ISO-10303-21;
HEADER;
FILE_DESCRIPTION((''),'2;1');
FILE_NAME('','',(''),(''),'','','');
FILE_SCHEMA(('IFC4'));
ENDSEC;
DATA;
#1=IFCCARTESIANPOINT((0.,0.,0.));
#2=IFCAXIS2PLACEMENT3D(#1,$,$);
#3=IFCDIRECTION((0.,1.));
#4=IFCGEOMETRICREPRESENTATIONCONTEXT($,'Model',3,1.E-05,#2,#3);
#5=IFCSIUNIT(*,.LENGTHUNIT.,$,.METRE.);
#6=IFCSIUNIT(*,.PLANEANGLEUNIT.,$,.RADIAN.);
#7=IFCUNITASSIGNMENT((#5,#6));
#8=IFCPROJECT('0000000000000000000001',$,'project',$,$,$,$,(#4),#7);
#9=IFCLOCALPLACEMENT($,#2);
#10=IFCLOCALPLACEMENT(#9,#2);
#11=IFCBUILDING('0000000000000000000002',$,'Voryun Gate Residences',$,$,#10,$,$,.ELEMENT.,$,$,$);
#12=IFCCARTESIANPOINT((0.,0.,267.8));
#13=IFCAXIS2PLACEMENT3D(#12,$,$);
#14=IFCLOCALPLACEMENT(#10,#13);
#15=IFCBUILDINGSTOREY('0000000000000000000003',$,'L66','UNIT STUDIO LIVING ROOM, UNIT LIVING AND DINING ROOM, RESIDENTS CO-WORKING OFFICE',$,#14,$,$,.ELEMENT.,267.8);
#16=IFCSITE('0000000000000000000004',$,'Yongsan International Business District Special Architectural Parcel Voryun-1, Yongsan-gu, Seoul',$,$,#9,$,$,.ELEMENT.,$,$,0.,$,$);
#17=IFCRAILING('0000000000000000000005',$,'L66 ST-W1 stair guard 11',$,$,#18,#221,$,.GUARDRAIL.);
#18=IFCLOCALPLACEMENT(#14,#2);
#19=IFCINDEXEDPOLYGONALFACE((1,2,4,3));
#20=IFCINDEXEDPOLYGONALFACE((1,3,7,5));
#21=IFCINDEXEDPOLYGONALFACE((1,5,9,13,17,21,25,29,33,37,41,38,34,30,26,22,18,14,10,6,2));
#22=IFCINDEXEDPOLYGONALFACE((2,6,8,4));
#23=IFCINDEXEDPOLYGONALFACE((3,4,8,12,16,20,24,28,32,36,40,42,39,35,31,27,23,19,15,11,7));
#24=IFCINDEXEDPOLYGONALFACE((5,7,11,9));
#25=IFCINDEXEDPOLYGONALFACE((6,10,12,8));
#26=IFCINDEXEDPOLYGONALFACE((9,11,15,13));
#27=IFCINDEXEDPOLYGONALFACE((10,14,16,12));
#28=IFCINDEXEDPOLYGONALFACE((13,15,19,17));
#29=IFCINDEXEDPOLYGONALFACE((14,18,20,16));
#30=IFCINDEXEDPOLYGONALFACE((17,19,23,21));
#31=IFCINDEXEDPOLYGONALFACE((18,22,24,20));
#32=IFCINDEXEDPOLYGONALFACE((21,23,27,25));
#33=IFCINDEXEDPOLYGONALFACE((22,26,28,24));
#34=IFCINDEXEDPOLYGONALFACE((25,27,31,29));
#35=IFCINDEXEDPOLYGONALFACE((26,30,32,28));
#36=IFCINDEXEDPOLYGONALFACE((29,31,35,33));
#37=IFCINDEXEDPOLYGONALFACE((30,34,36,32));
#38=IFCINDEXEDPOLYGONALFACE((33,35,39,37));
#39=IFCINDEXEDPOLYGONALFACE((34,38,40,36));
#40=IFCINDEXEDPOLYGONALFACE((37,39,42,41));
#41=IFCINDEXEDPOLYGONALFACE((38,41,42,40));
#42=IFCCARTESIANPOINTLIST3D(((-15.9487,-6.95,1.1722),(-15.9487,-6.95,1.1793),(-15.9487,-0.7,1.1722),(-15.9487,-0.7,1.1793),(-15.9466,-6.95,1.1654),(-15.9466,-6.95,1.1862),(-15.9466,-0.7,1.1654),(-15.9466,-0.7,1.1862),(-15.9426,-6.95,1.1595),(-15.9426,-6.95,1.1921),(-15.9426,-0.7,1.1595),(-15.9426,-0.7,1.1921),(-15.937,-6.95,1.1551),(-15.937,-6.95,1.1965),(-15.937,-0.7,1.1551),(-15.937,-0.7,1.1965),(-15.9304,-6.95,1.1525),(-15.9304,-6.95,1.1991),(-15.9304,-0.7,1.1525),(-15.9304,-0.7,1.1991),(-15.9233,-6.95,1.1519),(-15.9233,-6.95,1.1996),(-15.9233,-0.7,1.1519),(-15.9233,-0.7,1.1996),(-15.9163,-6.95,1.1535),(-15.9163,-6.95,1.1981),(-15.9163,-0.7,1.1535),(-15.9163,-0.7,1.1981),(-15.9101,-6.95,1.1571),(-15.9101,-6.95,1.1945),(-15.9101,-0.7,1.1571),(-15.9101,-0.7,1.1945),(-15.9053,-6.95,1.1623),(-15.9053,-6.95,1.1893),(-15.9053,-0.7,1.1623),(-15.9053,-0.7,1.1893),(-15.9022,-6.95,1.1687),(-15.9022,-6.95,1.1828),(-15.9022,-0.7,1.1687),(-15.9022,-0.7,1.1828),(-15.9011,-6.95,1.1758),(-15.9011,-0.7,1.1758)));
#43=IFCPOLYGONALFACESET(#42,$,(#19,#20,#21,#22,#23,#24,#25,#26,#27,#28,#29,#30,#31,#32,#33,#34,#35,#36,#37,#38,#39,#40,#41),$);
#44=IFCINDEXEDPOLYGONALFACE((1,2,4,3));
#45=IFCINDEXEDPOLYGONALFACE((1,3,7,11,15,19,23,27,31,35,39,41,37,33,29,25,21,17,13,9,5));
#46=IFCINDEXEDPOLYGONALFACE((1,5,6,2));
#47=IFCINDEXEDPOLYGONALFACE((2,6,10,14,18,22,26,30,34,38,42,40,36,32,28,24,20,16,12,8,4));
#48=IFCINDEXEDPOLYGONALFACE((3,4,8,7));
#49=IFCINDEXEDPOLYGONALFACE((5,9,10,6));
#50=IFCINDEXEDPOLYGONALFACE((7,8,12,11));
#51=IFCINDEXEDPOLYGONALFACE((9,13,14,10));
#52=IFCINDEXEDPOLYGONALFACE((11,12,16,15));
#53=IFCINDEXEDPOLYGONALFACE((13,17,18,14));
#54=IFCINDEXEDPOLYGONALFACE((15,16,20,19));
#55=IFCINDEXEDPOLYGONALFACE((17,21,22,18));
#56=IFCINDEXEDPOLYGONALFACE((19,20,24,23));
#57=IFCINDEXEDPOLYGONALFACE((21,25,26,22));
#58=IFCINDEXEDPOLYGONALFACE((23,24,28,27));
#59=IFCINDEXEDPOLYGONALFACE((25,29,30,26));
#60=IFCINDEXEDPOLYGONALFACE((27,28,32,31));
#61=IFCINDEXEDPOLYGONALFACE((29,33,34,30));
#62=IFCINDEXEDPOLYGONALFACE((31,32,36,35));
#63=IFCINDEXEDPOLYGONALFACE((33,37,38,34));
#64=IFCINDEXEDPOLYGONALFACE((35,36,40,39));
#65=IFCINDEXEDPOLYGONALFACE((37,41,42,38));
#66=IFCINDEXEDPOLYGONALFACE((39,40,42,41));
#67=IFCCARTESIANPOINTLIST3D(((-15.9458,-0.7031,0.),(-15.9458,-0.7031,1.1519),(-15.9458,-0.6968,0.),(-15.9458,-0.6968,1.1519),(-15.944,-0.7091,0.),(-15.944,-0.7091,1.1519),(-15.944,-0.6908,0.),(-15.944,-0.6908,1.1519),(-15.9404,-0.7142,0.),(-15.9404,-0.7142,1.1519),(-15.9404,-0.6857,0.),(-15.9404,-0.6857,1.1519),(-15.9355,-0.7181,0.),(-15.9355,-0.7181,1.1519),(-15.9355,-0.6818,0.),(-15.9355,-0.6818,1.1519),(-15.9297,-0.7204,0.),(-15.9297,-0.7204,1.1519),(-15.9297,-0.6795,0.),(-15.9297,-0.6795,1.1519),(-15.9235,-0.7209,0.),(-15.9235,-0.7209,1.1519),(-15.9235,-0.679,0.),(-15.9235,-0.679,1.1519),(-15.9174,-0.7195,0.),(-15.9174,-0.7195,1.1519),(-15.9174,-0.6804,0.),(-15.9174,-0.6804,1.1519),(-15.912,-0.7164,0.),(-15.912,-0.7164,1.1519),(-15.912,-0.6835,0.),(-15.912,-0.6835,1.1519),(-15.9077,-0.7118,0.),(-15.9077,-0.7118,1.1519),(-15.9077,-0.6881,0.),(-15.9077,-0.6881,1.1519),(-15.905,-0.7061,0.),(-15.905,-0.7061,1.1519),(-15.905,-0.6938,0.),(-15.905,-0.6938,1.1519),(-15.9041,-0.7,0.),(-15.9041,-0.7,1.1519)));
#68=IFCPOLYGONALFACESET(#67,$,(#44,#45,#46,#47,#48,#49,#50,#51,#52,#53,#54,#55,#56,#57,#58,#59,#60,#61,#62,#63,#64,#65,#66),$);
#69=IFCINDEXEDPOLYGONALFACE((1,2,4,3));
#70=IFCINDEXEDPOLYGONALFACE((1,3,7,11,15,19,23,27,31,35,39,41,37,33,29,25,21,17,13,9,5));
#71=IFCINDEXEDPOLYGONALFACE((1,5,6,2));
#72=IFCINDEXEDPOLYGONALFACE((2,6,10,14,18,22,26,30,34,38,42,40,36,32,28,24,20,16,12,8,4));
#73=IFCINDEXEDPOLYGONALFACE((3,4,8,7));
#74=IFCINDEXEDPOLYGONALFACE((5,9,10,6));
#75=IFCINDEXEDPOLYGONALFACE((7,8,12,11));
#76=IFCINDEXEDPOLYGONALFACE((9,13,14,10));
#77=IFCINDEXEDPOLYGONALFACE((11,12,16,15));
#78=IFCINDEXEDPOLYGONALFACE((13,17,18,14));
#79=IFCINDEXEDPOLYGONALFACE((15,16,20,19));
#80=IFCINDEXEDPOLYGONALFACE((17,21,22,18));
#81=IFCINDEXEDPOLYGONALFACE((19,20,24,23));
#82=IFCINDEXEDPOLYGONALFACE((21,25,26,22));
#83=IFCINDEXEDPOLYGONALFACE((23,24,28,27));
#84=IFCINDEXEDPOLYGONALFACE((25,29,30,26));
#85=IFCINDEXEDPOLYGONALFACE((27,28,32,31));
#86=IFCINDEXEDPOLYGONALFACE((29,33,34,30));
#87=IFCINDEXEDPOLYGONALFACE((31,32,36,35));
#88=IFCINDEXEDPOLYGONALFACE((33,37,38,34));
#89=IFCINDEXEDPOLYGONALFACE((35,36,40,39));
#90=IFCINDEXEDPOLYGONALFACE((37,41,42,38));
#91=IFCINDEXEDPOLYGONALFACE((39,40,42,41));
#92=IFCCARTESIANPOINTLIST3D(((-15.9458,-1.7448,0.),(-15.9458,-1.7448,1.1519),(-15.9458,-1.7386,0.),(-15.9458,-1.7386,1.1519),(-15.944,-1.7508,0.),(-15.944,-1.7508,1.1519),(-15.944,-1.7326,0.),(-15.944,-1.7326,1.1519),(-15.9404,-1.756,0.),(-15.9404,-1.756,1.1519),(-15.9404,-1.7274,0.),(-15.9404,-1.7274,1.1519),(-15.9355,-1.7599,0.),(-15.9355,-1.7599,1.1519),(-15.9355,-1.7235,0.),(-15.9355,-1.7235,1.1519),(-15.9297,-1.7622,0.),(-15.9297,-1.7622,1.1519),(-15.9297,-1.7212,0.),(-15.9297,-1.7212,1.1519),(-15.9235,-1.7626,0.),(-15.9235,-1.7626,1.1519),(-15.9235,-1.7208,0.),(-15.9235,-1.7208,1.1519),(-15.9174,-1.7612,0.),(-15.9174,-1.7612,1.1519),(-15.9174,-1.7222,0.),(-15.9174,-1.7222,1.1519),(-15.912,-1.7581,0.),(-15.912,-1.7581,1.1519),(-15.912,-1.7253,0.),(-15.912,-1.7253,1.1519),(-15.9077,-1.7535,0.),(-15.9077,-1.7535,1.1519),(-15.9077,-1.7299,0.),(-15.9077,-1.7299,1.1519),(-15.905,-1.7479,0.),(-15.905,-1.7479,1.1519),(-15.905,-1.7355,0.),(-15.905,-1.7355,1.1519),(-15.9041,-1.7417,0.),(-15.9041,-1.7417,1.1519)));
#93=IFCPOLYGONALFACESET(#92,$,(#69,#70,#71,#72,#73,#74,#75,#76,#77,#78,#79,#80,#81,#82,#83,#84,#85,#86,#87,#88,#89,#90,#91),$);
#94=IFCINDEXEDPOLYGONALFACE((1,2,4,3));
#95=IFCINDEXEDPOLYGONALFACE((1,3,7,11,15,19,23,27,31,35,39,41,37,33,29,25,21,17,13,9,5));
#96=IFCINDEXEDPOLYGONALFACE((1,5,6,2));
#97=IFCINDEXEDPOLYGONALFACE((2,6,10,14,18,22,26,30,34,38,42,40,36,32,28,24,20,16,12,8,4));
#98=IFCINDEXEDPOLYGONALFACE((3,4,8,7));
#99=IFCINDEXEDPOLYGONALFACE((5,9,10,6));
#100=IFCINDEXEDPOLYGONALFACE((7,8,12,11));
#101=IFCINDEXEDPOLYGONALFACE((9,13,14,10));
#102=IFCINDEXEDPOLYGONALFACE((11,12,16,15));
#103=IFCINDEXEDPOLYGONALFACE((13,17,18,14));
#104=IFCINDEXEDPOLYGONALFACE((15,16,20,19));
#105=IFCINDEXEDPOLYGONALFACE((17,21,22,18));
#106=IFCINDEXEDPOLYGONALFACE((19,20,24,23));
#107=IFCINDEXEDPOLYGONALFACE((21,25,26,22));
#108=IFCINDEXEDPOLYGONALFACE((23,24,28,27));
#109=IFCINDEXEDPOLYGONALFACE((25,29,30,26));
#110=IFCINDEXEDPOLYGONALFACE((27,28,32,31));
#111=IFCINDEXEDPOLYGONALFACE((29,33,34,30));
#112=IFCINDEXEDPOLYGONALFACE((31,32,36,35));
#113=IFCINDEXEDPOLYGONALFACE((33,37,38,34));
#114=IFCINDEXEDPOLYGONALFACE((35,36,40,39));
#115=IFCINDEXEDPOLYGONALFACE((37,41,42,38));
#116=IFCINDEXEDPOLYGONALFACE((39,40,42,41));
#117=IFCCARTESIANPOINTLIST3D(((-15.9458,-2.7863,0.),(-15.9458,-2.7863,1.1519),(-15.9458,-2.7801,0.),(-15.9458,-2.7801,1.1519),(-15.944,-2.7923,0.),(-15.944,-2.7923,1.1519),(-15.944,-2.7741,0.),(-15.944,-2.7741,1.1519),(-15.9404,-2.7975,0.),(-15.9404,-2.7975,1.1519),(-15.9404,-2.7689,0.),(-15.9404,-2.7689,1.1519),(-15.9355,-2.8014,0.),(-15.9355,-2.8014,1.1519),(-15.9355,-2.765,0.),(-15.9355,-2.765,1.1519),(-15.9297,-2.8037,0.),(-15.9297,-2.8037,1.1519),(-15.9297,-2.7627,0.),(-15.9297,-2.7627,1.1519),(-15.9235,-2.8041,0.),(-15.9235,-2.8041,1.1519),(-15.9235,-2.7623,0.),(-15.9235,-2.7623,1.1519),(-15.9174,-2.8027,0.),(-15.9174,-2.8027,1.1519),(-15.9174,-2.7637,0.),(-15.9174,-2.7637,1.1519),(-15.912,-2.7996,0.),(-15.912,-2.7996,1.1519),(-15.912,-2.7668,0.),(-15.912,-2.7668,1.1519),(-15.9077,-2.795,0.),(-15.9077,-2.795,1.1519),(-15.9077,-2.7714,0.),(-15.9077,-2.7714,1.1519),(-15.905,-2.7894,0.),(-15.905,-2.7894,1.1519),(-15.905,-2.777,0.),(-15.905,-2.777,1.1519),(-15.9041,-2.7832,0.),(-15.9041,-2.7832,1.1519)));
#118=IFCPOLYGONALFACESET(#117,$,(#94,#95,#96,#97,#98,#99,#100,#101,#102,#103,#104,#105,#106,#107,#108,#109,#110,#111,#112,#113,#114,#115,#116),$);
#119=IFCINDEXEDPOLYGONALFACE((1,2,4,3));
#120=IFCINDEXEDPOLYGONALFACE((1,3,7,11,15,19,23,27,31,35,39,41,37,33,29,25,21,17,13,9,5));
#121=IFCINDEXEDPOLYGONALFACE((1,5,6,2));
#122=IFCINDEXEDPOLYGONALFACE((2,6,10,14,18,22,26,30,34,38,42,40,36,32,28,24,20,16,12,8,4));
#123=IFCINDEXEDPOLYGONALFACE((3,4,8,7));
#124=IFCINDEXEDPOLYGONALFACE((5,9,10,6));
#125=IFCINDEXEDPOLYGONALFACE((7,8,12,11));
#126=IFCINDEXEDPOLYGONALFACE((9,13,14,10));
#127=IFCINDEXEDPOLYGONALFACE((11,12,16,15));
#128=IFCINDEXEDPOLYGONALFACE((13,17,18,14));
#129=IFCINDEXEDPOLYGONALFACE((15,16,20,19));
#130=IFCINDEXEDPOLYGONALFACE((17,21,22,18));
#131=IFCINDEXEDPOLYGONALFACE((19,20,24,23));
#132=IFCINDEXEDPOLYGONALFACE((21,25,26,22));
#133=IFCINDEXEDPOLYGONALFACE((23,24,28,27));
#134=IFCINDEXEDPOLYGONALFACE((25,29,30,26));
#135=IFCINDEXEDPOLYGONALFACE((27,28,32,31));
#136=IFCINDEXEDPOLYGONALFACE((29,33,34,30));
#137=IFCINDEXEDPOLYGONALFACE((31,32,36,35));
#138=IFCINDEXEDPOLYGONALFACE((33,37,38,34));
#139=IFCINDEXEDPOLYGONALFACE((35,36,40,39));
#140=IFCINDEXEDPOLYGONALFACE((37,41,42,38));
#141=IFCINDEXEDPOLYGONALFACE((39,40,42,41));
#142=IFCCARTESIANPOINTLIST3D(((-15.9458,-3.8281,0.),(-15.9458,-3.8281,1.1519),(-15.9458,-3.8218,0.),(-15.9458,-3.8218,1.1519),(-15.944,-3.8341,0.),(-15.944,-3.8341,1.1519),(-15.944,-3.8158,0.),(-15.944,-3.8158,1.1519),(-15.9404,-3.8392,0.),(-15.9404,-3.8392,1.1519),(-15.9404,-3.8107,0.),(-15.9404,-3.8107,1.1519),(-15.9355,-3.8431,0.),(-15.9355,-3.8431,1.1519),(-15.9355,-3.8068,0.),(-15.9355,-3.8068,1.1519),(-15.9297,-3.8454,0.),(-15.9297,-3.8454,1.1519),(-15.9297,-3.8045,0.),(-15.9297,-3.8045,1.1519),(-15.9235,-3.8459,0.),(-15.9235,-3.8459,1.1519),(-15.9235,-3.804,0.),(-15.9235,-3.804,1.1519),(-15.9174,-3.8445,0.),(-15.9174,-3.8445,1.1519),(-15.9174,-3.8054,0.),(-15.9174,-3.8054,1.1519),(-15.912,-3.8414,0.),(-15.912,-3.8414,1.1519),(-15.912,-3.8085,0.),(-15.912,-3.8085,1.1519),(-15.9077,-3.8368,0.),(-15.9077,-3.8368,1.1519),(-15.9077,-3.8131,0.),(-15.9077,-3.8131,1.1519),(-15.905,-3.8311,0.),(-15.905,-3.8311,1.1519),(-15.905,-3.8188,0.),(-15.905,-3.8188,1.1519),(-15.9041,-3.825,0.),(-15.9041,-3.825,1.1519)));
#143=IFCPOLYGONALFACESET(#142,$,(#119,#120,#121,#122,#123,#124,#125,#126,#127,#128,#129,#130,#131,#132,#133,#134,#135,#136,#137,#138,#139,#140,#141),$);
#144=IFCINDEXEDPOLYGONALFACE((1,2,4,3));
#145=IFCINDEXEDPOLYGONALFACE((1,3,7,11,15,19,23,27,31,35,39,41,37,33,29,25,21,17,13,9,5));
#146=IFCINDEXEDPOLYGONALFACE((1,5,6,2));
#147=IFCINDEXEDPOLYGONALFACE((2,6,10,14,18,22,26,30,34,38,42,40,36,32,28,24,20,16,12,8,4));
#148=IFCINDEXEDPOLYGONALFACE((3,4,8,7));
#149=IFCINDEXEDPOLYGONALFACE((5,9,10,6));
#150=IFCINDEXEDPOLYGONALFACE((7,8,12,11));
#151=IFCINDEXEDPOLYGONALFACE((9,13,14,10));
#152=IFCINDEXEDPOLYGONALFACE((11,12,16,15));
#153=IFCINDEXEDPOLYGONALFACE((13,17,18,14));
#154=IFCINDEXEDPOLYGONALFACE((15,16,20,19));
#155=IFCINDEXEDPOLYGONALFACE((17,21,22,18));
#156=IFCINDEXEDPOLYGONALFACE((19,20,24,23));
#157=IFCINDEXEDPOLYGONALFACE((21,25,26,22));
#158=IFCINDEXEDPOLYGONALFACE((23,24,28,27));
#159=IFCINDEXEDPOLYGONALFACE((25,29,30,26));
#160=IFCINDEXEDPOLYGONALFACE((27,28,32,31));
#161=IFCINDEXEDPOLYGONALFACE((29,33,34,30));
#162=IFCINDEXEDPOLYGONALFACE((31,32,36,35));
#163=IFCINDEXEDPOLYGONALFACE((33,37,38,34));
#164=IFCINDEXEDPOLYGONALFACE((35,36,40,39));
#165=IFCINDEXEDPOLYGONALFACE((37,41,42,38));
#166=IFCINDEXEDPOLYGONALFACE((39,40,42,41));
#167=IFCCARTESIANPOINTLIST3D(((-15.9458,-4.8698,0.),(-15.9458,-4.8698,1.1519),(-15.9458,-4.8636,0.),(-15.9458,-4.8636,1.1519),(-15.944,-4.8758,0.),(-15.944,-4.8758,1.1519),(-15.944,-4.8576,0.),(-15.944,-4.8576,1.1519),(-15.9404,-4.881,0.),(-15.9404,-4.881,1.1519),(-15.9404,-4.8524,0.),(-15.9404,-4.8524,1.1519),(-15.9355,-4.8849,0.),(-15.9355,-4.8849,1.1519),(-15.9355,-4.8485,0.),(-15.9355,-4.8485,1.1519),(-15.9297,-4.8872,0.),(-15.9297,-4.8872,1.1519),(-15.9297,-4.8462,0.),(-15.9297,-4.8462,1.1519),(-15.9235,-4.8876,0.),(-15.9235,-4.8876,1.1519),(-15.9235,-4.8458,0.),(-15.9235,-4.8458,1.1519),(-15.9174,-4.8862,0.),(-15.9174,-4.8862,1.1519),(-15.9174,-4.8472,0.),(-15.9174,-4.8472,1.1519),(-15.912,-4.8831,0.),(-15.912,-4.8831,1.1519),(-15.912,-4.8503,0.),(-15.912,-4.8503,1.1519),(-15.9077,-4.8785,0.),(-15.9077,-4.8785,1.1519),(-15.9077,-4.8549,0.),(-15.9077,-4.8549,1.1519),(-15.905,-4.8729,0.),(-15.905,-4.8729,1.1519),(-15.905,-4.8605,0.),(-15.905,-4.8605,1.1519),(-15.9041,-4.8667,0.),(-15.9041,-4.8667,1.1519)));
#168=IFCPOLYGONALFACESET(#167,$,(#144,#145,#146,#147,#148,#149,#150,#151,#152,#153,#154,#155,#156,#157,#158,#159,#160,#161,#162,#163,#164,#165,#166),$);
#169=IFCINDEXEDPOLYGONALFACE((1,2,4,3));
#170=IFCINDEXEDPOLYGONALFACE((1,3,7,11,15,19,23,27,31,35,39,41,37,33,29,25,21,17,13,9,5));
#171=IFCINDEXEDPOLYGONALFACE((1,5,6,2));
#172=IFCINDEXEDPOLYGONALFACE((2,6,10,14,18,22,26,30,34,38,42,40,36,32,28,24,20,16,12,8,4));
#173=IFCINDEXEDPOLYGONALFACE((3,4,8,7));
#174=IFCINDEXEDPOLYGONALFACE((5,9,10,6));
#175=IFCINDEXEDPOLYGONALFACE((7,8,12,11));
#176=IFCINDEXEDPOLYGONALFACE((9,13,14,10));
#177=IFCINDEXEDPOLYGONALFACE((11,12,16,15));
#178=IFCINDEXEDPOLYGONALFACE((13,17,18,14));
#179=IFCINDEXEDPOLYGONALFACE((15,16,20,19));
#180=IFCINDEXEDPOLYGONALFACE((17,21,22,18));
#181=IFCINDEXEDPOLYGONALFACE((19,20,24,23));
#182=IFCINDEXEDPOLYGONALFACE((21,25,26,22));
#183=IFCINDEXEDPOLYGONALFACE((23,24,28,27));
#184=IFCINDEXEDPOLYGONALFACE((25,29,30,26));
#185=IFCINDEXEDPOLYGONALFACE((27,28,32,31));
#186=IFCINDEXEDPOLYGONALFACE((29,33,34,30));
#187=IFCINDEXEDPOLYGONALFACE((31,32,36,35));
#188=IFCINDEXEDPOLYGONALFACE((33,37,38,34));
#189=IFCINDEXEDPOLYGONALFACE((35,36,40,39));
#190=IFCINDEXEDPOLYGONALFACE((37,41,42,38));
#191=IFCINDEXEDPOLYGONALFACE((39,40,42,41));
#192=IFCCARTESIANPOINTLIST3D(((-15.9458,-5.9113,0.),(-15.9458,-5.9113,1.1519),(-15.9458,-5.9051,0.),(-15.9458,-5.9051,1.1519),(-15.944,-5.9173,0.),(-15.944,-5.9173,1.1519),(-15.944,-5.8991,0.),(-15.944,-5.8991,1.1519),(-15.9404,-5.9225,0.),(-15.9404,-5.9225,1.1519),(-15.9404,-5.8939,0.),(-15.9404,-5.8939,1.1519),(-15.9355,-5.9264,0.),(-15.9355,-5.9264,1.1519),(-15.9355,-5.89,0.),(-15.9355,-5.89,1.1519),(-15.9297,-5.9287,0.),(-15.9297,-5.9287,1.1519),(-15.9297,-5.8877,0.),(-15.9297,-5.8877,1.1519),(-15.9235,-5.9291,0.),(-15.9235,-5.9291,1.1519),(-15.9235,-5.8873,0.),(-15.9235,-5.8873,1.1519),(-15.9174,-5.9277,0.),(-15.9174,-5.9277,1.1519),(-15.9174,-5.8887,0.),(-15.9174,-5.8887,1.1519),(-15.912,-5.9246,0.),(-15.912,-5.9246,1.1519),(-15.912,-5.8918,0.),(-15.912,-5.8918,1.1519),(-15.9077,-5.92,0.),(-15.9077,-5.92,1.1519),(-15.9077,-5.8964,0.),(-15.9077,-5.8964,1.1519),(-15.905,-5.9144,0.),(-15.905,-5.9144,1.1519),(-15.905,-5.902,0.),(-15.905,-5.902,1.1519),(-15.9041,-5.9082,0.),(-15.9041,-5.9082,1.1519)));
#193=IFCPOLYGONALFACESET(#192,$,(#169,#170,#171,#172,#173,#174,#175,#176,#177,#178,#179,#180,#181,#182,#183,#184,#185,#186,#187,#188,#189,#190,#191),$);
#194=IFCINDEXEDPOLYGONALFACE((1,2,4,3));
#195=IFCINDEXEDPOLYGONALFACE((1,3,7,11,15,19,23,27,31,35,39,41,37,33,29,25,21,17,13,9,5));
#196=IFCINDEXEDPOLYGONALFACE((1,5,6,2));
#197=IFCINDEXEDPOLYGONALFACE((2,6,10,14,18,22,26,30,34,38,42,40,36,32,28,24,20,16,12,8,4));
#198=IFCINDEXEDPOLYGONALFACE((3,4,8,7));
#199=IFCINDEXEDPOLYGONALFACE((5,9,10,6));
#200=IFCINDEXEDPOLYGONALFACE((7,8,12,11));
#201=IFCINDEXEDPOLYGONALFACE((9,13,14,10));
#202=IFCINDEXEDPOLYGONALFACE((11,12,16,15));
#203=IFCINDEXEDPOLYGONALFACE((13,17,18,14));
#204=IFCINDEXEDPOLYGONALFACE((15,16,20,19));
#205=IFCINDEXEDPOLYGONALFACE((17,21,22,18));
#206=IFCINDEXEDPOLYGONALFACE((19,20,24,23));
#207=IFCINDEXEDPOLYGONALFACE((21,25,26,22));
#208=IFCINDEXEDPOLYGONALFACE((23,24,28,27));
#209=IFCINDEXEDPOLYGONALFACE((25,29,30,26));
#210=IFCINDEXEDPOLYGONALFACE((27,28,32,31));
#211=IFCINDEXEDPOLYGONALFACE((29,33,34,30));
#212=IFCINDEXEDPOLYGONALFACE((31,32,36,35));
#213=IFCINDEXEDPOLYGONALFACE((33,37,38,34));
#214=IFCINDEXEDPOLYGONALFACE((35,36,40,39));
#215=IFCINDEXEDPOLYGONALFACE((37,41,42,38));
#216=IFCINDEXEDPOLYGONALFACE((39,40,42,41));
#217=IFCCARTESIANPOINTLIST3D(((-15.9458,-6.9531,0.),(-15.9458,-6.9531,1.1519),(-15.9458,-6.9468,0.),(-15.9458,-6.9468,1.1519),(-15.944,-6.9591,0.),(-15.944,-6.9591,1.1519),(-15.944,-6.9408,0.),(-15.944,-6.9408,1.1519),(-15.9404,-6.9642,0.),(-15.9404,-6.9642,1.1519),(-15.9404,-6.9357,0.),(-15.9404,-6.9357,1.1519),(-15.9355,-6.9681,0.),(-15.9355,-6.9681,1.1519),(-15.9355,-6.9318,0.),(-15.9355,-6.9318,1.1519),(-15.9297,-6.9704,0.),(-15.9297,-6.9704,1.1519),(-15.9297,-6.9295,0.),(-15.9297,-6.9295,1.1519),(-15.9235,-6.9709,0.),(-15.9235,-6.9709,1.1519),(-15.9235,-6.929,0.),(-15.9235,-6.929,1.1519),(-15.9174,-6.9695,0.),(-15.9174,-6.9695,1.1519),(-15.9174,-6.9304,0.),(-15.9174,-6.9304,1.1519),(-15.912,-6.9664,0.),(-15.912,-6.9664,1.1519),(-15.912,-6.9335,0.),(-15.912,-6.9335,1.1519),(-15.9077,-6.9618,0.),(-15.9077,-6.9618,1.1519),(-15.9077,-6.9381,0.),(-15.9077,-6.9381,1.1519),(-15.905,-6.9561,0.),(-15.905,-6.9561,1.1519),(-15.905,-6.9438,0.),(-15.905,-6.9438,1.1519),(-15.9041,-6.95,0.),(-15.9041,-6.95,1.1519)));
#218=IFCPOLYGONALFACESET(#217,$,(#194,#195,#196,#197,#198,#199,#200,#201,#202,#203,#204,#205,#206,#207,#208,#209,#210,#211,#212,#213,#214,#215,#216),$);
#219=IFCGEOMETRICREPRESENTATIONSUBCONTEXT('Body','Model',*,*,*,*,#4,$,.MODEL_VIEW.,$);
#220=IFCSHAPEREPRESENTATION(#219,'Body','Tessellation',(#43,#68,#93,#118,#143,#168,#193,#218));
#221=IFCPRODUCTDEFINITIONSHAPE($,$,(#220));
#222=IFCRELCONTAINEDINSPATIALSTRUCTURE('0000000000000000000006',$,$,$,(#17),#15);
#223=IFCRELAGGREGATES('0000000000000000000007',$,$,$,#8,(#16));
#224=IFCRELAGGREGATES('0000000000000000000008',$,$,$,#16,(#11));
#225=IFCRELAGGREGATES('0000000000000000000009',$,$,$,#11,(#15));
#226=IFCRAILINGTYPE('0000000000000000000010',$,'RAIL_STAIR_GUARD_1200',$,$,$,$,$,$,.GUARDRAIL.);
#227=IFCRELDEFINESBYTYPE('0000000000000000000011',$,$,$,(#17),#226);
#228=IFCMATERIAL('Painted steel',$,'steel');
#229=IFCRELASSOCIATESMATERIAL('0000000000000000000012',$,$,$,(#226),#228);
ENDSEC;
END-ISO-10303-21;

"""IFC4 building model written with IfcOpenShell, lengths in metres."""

from ifc_helpers import new_model, si_unit, direction, frame, origin, origin_2d, place, context, subcontext, project, spatial, circle, extrude, material, type_object, element, save


model = new_model("IFC4")

# Units and contexts
model_context = context("Model", 3, precision=1e-05, world=origin(), true_north=direction((0.0, 1.0)))
body_context = subcontext(model_context, "Body", "Model", "MODEL_VIEW")
ifc_project = project(units=[si_unit("LENGTHUNIT", "METRE"), si_unit("PLANEANGLEUNIT", "RADIAN")], contexts=[model_context])

# Site, building, storey
site_placement = place(None, origin())
site = spatial("IfcSite", under=ifc_project, at=site_placement, Name="Yongsan International Business District Special Architectural Parcel Voryun-1, Yongsan-gu, Seoul", CompositionType="ELEMENT", RefElevation=0.0)
building_placement = place(site_placement, origin())
building = spatial("IfcBuilding", under=site, at=building_placement, Name="Voryun Gate Residences", CompositionType="ELEMENT")
storey_placement = place(building_placement, frame((0.0, 0.0, 267.8)))
storey = spatial("IfcBuildingStorey", under=building, at=storey_placement, Name="L66", Description="UNIT STUDIO LIVING ROOM, UNIT LIVING AND DINING ROOM, RESIDENTS CO-WORKING OFFICE", CompositionType="ELEMENT", Elevation=267.8)

# Railing
ifc_material_1 = material(Name="Painted steel", Category="steel")
railing_type_1 = type_object("IfcRailingType", Name="RAIL_STAIR_GUARD_1200", PredefinedType="GUARDRAIL", material=ifc_material_1)
railing_1_placement = place(storey_placement, frame((-15.925, -0.7, 0.0)))
element("IfcRailing", 1, at=railing_1_placement, inside=storey, type_object=railing_type_1, Name="L66 ST-W1 stair guard 11", PredefinedType="GUARDRAIL", context=body_context, shape_type="SweptSolid", body=[
    extrude(circle(Radius=0.0239, at=origin_2d()), frame((0.0, 0.0, 1.1758), z_axis=(0.0, -1.0, 0.0), x_axis=(1.0, 0.0, 0.0)), (0.0, 0.0, 1.0), 6.25),
    extrude(circle(Radius=0.021, at=origin_2d()), origin(), (0.0, 0.0, 1.0), 1.1519),
    extrude(circle(Radius=0.021, at=origin_2d()), frame((0.0, -1.0417, 0.0)), (0.0, 0.0, 1.0), 1.1519),
    extrude(circle(Radius=0.021, at=origin_2d()), frame((0.0, -2.0833, 0.0)), (0.0, 0.0, 1.0), 1.1519),
    extrude(circle(Radius=0.021, at=origin_2d()), frame((0.0, -3.125, 0.0)), (0.0, 0.0, 1.0), 1.1519),
    extrude(circle(Radius=0.021, at=origin_2d()), frame((0.0, -4.1667, 0.0)), (0.0, 0.0, 1.0), 1.1519),
    extrude(circle(Radius=0.021, at=origin_2d()), frame((0.0, -5.2083, 0.0)), (0.0, 0.0, 1.0), 1.1519),
    extrude(circle(Radius=0.021, at=origin_2d()), frame((0.0, -6.25, 0.0)), (0.0, 0.0, 1.0), 1.1519),
])

save(model, "model.ifc")
